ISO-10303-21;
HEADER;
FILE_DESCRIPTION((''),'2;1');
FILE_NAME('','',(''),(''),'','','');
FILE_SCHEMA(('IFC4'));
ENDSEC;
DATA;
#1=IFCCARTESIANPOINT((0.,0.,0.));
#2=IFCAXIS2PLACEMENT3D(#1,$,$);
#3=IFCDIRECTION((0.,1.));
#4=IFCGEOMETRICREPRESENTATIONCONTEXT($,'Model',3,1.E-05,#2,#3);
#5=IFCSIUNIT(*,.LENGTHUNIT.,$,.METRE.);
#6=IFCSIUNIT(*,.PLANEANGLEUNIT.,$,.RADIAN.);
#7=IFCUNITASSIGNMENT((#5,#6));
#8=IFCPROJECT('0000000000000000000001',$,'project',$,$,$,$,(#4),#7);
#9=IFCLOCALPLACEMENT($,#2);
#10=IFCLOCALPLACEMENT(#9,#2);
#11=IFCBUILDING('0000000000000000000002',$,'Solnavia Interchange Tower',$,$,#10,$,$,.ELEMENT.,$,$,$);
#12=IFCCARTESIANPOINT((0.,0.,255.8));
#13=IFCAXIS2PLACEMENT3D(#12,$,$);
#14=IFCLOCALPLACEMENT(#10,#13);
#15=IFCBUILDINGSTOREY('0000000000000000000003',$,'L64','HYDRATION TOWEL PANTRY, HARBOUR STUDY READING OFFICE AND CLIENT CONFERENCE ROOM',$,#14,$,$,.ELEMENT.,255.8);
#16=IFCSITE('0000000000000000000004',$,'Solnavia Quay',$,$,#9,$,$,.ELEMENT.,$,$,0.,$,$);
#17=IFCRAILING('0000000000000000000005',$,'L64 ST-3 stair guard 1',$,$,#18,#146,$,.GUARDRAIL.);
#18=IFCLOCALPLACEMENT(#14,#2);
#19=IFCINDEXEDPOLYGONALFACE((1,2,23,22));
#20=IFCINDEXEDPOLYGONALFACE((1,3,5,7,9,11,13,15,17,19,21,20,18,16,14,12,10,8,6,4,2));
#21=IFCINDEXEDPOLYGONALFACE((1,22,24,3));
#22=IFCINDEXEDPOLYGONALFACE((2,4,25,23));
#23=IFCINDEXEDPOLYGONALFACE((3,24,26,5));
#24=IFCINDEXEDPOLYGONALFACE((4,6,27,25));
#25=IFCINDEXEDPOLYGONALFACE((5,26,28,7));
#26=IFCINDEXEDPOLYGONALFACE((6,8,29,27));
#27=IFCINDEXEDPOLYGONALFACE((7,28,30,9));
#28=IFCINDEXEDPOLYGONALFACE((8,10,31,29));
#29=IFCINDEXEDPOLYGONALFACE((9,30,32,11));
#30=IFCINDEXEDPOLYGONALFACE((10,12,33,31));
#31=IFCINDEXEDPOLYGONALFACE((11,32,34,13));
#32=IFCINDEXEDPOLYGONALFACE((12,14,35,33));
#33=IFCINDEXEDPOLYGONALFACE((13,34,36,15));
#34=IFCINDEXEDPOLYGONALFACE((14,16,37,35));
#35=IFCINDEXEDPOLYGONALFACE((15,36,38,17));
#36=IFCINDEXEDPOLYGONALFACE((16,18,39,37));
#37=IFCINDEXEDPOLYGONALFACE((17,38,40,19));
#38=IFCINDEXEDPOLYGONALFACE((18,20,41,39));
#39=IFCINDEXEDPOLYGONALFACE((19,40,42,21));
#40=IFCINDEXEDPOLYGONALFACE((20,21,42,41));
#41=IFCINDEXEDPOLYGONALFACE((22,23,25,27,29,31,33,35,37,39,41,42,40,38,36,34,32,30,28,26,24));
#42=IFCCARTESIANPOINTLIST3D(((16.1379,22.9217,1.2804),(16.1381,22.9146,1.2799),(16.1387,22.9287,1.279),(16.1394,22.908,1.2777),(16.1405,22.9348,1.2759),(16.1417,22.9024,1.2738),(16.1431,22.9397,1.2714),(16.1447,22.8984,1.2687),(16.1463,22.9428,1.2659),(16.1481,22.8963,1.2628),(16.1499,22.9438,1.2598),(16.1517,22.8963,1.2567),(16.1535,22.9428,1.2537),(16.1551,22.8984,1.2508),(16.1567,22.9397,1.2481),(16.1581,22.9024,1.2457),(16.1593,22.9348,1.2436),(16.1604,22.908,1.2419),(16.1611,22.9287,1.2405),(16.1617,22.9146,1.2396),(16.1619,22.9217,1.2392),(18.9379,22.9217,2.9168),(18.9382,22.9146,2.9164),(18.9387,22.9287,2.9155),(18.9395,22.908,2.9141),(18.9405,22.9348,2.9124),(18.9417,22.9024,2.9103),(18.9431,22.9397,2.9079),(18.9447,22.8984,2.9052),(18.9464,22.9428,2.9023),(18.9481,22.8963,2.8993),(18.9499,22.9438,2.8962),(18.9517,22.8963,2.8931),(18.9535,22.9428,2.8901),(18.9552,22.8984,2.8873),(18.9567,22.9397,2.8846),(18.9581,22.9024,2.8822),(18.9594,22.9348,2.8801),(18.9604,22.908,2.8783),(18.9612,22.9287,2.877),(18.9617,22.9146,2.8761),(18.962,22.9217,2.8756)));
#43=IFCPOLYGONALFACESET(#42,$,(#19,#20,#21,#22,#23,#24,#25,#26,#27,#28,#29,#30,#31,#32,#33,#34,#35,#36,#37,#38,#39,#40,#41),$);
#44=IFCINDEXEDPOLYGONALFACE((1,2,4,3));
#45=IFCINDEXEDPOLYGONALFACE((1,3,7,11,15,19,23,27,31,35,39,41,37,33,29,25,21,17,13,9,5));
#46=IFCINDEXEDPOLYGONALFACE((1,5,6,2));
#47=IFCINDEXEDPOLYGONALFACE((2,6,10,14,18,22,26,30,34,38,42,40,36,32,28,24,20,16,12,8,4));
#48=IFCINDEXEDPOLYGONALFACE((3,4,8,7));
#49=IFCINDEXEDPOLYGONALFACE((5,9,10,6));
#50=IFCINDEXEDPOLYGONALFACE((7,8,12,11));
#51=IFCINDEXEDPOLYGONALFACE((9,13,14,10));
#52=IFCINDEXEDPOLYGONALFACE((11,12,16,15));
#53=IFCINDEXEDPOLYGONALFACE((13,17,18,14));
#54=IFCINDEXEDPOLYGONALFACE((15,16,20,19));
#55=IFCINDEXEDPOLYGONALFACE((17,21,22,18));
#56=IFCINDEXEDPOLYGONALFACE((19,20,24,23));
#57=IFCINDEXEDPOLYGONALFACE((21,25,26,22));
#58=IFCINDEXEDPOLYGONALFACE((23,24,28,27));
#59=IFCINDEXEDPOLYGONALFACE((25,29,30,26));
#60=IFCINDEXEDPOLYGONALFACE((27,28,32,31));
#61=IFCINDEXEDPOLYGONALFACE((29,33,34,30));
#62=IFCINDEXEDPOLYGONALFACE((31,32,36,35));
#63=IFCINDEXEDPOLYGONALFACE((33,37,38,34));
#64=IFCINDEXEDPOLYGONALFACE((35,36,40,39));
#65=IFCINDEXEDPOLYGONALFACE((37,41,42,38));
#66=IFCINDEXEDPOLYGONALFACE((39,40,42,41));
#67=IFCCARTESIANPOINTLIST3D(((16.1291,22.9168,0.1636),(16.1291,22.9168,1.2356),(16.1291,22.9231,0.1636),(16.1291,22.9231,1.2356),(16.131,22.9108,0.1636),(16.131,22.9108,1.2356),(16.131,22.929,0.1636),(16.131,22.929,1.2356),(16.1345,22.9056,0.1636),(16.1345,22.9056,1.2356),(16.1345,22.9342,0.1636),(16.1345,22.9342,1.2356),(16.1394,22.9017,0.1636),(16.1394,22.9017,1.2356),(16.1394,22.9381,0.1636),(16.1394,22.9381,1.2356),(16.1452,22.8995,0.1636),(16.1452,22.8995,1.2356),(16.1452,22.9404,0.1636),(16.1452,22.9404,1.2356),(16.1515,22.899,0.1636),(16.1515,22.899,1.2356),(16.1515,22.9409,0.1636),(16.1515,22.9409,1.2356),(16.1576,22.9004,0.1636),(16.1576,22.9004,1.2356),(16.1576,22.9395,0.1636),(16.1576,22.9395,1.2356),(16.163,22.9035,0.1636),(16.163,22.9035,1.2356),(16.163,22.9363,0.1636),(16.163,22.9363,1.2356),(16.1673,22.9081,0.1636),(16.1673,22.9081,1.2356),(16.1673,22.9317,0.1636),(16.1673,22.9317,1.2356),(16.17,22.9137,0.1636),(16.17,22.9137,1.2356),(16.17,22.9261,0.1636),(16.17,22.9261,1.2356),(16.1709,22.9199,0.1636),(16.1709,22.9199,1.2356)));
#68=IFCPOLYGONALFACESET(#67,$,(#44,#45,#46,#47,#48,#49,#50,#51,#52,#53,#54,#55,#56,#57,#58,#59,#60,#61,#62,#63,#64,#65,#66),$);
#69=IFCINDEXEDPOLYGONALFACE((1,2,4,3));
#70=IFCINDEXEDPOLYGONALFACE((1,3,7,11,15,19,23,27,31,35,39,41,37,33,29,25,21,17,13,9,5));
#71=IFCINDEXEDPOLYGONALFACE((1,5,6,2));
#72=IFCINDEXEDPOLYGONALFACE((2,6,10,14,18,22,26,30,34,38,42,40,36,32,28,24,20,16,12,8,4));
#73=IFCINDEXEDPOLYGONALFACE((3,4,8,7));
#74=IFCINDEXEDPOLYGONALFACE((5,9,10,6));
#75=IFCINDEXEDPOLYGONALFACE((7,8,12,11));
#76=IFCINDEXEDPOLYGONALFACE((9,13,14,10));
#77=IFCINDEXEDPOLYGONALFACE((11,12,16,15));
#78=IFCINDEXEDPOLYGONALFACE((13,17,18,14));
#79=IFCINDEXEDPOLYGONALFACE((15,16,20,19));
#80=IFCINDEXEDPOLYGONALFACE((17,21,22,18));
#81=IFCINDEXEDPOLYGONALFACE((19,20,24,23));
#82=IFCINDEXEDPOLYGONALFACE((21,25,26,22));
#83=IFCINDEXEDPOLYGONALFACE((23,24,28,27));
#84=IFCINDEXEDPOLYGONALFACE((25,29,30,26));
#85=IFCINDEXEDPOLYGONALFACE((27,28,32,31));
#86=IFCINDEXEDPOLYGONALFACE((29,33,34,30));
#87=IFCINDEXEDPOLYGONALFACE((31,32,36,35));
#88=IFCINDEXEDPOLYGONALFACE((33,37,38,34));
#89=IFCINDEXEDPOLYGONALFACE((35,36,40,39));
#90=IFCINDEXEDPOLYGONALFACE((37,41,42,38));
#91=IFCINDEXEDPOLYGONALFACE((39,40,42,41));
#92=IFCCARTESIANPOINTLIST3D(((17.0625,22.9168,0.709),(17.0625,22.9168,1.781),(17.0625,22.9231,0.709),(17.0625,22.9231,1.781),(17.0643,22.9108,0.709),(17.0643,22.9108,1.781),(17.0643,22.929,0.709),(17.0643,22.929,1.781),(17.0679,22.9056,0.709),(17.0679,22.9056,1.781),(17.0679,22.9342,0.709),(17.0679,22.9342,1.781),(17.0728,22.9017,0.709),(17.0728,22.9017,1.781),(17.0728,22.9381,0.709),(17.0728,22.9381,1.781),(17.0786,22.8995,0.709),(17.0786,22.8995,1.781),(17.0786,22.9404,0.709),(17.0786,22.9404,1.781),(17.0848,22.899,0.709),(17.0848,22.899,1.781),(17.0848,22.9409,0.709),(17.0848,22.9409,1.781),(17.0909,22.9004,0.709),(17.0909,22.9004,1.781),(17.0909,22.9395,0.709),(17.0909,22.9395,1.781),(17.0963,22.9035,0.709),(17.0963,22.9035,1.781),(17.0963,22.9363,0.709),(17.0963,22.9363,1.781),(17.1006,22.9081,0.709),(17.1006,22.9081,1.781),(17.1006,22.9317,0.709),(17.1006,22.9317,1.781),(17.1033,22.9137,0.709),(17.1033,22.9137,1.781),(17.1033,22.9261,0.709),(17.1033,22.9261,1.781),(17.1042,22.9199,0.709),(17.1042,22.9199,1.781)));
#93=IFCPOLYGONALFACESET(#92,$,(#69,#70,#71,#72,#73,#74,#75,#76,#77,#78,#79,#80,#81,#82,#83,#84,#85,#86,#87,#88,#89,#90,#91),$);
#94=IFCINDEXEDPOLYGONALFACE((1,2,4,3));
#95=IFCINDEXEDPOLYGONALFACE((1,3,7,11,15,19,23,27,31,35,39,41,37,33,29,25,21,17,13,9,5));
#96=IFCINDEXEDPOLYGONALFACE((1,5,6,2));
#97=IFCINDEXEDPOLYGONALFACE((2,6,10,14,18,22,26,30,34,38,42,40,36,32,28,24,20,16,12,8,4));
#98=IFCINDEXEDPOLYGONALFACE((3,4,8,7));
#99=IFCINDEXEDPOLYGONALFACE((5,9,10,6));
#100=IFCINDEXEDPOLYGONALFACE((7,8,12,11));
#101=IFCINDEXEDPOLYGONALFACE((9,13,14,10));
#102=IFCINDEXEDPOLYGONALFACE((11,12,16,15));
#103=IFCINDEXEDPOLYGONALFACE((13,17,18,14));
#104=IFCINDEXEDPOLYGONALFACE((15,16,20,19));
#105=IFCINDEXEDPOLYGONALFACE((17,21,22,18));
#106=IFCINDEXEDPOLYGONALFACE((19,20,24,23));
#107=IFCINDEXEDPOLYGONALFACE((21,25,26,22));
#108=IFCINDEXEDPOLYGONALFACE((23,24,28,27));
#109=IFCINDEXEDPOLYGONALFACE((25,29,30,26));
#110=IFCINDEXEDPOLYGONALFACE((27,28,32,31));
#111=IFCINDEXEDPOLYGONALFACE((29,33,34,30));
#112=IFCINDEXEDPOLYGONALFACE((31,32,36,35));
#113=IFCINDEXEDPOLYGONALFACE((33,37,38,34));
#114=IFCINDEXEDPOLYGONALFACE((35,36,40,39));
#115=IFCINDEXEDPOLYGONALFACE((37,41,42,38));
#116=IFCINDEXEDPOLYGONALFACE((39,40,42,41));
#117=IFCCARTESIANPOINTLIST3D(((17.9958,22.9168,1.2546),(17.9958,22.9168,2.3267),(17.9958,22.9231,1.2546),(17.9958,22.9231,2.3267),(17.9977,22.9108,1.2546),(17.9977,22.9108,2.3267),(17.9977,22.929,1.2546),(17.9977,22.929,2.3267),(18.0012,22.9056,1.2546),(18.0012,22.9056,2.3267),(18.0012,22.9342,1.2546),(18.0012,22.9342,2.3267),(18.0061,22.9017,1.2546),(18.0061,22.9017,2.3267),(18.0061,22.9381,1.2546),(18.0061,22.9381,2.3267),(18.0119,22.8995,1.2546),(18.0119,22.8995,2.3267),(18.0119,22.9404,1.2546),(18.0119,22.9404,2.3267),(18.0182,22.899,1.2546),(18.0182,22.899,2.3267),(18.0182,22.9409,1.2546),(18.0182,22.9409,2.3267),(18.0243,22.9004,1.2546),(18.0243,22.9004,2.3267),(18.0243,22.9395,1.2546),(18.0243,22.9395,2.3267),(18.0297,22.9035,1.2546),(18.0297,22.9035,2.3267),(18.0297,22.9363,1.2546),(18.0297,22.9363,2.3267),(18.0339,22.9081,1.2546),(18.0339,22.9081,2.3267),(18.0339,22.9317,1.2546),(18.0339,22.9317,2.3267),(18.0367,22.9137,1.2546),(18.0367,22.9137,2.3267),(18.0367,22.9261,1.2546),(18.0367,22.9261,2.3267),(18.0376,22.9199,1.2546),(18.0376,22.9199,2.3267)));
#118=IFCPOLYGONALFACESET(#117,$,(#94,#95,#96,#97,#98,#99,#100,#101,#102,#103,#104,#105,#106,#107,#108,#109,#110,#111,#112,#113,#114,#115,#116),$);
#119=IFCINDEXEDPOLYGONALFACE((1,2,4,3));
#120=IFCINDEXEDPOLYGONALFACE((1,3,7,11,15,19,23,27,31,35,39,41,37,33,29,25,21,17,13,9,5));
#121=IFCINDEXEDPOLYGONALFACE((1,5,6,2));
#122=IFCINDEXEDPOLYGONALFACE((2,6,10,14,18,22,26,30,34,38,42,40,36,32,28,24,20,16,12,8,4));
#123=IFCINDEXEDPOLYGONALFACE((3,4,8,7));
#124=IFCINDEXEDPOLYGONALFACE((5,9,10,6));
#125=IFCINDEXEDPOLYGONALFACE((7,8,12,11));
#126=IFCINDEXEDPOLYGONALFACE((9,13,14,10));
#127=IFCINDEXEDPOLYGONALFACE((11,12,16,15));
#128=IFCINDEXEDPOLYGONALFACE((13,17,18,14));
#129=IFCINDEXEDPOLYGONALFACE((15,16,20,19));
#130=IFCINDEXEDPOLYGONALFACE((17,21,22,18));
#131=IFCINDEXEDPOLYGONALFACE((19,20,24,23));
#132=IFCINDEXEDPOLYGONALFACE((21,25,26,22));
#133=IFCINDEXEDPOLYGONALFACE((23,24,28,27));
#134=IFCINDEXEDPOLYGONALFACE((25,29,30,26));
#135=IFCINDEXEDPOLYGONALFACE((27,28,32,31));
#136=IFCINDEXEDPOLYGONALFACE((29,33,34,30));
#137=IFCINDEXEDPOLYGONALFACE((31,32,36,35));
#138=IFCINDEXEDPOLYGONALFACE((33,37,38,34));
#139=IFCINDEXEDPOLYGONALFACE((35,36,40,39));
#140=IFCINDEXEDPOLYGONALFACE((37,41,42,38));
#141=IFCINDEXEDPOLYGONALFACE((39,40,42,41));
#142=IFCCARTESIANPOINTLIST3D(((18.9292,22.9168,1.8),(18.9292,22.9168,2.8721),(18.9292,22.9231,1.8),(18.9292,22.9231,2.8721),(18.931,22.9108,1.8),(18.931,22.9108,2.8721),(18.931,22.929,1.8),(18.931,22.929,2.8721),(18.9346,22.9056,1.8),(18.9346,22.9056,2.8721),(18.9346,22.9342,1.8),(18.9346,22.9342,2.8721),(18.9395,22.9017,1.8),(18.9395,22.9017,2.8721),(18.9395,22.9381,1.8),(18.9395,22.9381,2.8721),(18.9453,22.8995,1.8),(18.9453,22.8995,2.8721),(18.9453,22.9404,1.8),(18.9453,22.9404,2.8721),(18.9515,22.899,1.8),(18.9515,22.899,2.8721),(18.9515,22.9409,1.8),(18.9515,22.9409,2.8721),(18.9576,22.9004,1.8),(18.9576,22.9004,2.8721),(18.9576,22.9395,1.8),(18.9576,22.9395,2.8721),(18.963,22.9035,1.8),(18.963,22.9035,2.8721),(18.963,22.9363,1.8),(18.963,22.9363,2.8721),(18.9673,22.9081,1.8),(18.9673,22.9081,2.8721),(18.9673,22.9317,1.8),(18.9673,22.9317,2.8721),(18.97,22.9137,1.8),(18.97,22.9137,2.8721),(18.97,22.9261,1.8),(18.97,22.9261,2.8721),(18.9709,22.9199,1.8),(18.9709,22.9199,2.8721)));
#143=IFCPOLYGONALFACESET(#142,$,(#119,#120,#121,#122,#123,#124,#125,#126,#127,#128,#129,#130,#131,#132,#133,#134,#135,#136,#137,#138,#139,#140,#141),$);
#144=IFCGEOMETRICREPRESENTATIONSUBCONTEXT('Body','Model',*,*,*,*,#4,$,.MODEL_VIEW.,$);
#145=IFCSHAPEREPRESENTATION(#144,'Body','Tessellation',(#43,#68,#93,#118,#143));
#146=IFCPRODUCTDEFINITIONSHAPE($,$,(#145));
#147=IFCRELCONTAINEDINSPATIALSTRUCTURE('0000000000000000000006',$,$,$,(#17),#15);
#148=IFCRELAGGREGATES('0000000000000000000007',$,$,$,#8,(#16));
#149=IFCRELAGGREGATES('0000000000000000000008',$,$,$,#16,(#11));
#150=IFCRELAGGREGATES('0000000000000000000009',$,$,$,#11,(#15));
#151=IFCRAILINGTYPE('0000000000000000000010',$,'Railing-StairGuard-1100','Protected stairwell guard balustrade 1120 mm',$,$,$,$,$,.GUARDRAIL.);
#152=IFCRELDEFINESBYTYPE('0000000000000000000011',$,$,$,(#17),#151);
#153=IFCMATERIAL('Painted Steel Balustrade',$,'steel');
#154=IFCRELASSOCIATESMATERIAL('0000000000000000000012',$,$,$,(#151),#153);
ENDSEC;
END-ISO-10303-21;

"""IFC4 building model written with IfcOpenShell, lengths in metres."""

from ifc_helpers import new_model, si_unit, direction, frame, origin, origin_2d, place, context, subcontext, project, spatial, circle, extrude, material, type_object, element, save


model = new_model("IFC4")

# Units and contexts
model_context = context("Model", 3, precision=1e-05, world=origin(), true_north=direction((0.0, 1.0)))
body_context = subcontext(model_context, "Body", "Model", "MODEL_VIEW")
ifc_project = project(units=[si_unit("LENGTHUNIT", "METRE"), si_unit("PLANEANGLEUNIT", "RADIAN")], contexts=[model_context])

# Site, building, storey
site_placement = place(None, origin())
site = spatial("IfcSite", under=ifc_project, at=site_placement, Name="Solnavia Quay", CompositionType="ELEMENT", RefElevation=0.0)
building_placement = place(site_placement, origin())
building = spatial("IfcBuilding", under=site, at=building_placement, Name="Solnavia Interchange Tower", CompositionType="ELEMENT")
storey_placement = place(building_placement, frame((0.0, 0.0, 255.8)))
storey = spatial("IfcBuildingStorey", under=building, at=storey_placement, Name="L64", Description="HYDRATION TOWEL PANTRY, HARBOUR STUDY READING OFFICE AND CLIENT CONFERENCE ROOM", CompositionType="ELEMENT", Elevation=255.8)

# Railing
ifc_material_1 = material(Name="Painted Steel Balustrade", Category="steel")
railing_type_1 = type_object("IfcRailingType", Name="Railing-StairGuard-1100", Description="Protected stairwell guard balustrade 1120 mm", PredefinedType="GUARDRAIL", material=ifc_material_1)
railing_1_placement = place(storey_placement, frame((16.1499, 22.9199, 0.1636)))
element("IfcRailing", 1, at=railing_1_placement, inside=storey, type_object=railing_type_1, Name="L64 ST-3 stair guard 1", PredefinedType="GUARDRAIL", context=body_context, shape_type="SweptSolid", body=[
    extrude(circle(Radius=0.0239, at=origin_2d()), frame((0.0, 0.0, 1.0962), z_axis=(0.863361, 0.0, 0.504587), x_axis=(0.0, 1.0, 0.0)), (0.0, 0.0, 1.0), 3.2432),
    extrude(circle(Radius=0.021, at=origin_2d()), origin(), (0.0, 0.0, 1.0), 1.072),
    extrude(circle(Radius=0.021, at=origin_2d()), frame((0.9333, 0.0, 0.5454)), (0.0, 0.0, 1.0), 1.072),
    extrude(circle(Radius=0.021, at=origin_2d()), frame((1.8667, 0.0, 1.0911)), (0.0, 0.0, 1.0), 1.072),
    extrude(circle(Radius=0.021, at=origin_2d()), frame((2.8, 0.0, 1.6365)), (0.0, 0.0, 1.0), 1.072),
])

save(model, "model.ifc")
